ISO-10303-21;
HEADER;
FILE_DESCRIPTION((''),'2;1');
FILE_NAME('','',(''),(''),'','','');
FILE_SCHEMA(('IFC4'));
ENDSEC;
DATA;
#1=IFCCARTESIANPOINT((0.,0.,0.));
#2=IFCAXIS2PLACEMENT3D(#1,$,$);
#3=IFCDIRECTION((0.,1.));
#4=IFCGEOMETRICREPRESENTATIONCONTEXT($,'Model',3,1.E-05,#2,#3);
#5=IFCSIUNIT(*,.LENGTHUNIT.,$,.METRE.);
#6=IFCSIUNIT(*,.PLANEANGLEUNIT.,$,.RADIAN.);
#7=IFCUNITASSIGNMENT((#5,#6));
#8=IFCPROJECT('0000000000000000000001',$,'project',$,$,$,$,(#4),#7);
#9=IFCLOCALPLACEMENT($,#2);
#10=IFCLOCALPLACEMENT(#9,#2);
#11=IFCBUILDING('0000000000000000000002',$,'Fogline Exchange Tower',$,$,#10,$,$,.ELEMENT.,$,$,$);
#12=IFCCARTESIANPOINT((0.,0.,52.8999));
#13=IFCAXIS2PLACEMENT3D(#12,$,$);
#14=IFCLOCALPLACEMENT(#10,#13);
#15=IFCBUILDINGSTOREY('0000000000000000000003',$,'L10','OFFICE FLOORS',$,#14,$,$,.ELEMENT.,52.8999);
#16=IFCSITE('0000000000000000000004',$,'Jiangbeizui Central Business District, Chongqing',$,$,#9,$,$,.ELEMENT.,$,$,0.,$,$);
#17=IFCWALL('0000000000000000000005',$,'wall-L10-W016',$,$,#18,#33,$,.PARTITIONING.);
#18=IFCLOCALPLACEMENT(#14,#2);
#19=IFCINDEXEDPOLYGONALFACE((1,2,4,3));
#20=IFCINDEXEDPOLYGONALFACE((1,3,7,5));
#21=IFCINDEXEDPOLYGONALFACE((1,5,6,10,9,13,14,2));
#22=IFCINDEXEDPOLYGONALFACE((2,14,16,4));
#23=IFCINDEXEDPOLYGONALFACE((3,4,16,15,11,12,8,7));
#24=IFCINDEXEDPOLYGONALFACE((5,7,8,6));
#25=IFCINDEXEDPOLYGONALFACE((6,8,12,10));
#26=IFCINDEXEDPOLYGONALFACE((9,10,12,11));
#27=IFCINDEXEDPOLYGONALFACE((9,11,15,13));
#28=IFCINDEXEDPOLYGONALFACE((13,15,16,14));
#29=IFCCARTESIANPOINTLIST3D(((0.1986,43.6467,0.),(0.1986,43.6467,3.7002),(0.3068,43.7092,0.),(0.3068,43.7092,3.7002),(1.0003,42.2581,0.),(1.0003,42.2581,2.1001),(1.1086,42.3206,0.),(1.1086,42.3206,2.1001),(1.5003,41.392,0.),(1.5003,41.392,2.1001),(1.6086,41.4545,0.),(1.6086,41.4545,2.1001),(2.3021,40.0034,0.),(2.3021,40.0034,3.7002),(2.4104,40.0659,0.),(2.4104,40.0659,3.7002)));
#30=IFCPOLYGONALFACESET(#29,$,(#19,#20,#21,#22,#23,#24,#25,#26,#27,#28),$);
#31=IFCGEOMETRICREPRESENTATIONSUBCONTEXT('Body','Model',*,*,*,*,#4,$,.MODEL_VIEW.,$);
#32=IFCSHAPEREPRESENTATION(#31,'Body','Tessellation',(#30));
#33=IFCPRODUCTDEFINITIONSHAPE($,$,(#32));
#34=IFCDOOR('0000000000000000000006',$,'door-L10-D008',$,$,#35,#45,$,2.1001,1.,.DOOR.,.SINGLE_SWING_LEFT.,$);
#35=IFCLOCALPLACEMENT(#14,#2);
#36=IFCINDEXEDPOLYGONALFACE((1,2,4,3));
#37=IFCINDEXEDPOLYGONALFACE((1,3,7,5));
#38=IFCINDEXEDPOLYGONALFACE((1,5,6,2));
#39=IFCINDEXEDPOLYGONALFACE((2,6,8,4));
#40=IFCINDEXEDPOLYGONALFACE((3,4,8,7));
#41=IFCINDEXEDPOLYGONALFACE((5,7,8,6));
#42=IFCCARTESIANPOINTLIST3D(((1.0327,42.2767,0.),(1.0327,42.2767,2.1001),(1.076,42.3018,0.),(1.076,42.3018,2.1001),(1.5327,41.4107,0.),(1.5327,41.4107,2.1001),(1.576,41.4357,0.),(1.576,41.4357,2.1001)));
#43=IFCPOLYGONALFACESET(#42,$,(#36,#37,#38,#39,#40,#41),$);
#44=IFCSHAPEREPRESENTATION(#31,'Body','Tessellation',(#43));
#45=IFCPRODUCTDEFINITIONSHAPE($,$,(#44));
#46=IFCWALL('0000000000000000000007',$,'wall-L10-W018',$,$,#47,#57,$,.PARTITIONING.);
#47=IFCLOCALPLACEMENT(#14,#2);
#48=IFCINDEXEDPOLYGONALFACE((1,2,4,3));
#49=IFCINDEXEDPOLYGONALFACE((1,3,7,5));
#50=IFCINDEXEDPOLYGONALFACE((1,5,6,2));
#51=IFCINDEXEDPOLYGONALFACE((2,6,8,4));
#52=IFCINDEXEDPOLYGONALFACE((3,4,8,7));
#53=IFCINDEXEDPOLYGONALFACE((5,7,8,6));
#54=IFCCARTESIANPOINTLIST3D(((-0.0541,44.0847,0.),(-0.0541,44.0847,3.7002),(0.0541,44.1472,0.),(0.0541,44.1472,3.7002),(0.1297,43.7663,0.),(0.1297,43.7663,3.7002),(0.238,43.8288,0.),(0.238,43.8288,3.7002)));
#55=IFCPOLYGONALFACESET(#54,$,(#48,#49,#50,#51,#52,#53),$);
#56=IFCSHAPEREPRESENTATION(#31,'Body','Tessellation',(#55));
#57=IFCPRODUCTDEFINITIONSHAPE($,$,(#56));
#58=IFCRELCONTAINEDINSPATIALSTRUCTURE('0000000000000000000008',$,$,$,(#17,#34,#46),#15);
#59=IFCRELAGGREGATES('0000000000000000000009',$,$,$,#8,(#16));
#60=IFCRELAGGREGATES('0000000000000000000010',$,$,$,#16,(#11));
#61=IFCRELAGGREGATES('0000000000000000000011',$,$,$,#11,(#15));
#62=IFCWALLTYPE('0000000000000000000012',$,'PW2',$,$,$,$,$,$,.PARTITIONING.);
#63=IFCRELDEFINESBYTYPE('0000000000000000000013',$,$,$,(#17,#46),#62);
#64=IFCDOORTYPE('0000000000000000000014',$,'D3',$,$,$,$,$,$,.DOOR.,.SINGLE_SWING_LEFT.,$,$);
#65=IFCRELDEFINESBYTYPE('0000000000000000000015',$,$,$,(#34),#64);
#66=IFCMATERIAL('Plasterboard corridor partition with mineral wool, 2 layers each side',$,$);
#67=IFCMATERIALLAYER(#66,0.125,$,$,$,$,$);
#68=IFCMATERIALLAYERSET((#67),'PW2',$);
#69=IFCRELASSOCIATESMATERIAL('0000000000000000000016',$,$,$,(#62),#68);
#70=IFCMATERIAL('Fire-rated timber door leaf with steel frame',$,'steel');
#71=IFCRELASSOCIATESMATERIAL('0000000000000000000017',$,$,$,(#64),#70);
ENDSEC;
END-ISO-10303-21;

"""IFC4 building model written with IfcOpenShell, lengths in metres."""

from ifc_helpers import new_model, si_unit, direction, frame, frame_2d, origin, place, context, subcontext, project, spatial, rectangle, extrude, material, layer, layer_set, type_object, element, fill, save


model = new_model("IFC4")

# Units and contexts
model_context = context("Model", 3, precision=1e-05, world=origin(), true_north=direction((0.0, 1.0)))
body_context = subcontext(model_context, "Body", "Model", "MODEL_VIEW")
ifc_project = project(units=[si_unit("LENGTHUNIT", "METRE"), si_unit("PLANEANGLEUNIT", "RADIAN")], contexts=[model_context])

# Site, building, storey
site_placement = place(None, origin())
site = spatial("IfcSite", under=ifc_project, at=site_placement, Name="Jiangbeizui Central Business District, Chongqing", CompositionType="ELEMENT", RefElevation=0.0)
building_placement = place(site_placement, origin())
building = spatial("IfcBuilding", under=site, at=building_placement, Name="Fogline Exchange Tower", CompositionType="ELEMENT")
storey_placement = place(building_placement, frame((0.0, 0.0, 52.8999)))
storey = spatial("IfcBuildingStorey", under=building, at=storey_placement, Name="L10", Description="OFFICE FLOORS", CompositionType="ELEMENT", Elevation=52.8999)

# Wall, opening, door
ifc_material_1 = material(Name="Plasterboard corridor partition with mineral wool, 2 layers each side")
ifc_layer_1 = layer(ifc_material_1, 0.125)
ifc_layer_set_1 = layer_set([ifc_layer_1], Name="PW2")
wall_type_1 = type_object("IfcWallType", Name="PW2", PredefinedType="PARTITIONING", material=ifc_layer_set_1)
wall_1_placement = place(storey_placement, frame((0.2527, 43.678, 0.0), z_axis=(0.0, 0.0, 1.0), x_axis=(0.500009, -0.86602, 0.0)))
wall_1 = element("IfcWall", 1, at=wall_1_placement, inside=storey, type_object=wall_type_1, Name="wall-L10-W016", PredefinedType="PARTITIONING", context=body_context, shape_type="SweptSolid", body=[
    extrude(rectangle(XDim=4.207, YDim=0.125, at=frame_2d((2.1035, 0.0))), origin(), (0.0, 0.0, 1.0), 3.7002),
])
opening_1_placement = place(wall_1_placement, frame((1.6035, 0.0, 0.0)))
opening_1 = element("IfcOpeningElement", 2, at=opening_1_placement, cuts=wall_1, PredefinedType="OPENING", context=body_context, shape_type="SweptSolid", body=[
    extrude(rectangle(XDim=1.0, YDim=2.1001, at=frame_2d((0.5, 1.05))), frame((0.0, 0.0725, 0.0), z_axis=(0.0, -1.0, 0.0), x_axis=(1.0, 0.0, 0.0)), (0.0, 0.0, 1.0), 0.145),
])
ifc_material_2 = material(Name="Fire-rated timber door leaf with steel frame", Category="steel")
door_type_1 = type_object("IfcDoorType", Name="D3", OperationType="SINGLE_SWING_LEFT", PredefinedType="DOOR", material=ifc_material_2)
door_1_placement = place(opening_1_placement, origin())
door_1 = element("IfcDoor", 3, at=door_1_placement, inside=storey, type_object=door_type_1, Name="door-L10-D008", OperationType="SINGLE_SWING_LEFT", OverallHeight=2.1001, OverallWidth=1.0, PredefinedType="DOOR", context=body_context, shape_type="SweptSolid", body=[
    extrude(rectangle(XDim=1.0, YDim=2.1001, at=frame_2d((0.5, 1.05))), frame((0.0, 0.0249, 0.0), z_axis=(0.0, -1.0, 0.0), x_axis=(1.0, 0.0, 0.0)), (0.0, 0.0, 1.0), 0.05),
])
fill(opening_1, door_1)

# Wall
wall_2_placement = place(storey_placement, frame((0.0, 44.116, 0.0), z_axis=(0.0, 0.0, 1.0), x_axis=(0.500067, -0.865987, 0.0)))
element("IfcWall", 4, at=wall_2_placement, inside=storey, type_object=wall_type_1, Name="wall-L10-W018", PredefinedType="PARTITIONING", context=body_context, shape_type="SweptSolid", body=[
    extrude(rectangle(XDim=0.3677, YDim=0.125, at=frame_2d((0.1838, 0.0))), origin(), (0.0, 0.0, 1.0), 3.7002),
])

save(model, "model.ifc")
